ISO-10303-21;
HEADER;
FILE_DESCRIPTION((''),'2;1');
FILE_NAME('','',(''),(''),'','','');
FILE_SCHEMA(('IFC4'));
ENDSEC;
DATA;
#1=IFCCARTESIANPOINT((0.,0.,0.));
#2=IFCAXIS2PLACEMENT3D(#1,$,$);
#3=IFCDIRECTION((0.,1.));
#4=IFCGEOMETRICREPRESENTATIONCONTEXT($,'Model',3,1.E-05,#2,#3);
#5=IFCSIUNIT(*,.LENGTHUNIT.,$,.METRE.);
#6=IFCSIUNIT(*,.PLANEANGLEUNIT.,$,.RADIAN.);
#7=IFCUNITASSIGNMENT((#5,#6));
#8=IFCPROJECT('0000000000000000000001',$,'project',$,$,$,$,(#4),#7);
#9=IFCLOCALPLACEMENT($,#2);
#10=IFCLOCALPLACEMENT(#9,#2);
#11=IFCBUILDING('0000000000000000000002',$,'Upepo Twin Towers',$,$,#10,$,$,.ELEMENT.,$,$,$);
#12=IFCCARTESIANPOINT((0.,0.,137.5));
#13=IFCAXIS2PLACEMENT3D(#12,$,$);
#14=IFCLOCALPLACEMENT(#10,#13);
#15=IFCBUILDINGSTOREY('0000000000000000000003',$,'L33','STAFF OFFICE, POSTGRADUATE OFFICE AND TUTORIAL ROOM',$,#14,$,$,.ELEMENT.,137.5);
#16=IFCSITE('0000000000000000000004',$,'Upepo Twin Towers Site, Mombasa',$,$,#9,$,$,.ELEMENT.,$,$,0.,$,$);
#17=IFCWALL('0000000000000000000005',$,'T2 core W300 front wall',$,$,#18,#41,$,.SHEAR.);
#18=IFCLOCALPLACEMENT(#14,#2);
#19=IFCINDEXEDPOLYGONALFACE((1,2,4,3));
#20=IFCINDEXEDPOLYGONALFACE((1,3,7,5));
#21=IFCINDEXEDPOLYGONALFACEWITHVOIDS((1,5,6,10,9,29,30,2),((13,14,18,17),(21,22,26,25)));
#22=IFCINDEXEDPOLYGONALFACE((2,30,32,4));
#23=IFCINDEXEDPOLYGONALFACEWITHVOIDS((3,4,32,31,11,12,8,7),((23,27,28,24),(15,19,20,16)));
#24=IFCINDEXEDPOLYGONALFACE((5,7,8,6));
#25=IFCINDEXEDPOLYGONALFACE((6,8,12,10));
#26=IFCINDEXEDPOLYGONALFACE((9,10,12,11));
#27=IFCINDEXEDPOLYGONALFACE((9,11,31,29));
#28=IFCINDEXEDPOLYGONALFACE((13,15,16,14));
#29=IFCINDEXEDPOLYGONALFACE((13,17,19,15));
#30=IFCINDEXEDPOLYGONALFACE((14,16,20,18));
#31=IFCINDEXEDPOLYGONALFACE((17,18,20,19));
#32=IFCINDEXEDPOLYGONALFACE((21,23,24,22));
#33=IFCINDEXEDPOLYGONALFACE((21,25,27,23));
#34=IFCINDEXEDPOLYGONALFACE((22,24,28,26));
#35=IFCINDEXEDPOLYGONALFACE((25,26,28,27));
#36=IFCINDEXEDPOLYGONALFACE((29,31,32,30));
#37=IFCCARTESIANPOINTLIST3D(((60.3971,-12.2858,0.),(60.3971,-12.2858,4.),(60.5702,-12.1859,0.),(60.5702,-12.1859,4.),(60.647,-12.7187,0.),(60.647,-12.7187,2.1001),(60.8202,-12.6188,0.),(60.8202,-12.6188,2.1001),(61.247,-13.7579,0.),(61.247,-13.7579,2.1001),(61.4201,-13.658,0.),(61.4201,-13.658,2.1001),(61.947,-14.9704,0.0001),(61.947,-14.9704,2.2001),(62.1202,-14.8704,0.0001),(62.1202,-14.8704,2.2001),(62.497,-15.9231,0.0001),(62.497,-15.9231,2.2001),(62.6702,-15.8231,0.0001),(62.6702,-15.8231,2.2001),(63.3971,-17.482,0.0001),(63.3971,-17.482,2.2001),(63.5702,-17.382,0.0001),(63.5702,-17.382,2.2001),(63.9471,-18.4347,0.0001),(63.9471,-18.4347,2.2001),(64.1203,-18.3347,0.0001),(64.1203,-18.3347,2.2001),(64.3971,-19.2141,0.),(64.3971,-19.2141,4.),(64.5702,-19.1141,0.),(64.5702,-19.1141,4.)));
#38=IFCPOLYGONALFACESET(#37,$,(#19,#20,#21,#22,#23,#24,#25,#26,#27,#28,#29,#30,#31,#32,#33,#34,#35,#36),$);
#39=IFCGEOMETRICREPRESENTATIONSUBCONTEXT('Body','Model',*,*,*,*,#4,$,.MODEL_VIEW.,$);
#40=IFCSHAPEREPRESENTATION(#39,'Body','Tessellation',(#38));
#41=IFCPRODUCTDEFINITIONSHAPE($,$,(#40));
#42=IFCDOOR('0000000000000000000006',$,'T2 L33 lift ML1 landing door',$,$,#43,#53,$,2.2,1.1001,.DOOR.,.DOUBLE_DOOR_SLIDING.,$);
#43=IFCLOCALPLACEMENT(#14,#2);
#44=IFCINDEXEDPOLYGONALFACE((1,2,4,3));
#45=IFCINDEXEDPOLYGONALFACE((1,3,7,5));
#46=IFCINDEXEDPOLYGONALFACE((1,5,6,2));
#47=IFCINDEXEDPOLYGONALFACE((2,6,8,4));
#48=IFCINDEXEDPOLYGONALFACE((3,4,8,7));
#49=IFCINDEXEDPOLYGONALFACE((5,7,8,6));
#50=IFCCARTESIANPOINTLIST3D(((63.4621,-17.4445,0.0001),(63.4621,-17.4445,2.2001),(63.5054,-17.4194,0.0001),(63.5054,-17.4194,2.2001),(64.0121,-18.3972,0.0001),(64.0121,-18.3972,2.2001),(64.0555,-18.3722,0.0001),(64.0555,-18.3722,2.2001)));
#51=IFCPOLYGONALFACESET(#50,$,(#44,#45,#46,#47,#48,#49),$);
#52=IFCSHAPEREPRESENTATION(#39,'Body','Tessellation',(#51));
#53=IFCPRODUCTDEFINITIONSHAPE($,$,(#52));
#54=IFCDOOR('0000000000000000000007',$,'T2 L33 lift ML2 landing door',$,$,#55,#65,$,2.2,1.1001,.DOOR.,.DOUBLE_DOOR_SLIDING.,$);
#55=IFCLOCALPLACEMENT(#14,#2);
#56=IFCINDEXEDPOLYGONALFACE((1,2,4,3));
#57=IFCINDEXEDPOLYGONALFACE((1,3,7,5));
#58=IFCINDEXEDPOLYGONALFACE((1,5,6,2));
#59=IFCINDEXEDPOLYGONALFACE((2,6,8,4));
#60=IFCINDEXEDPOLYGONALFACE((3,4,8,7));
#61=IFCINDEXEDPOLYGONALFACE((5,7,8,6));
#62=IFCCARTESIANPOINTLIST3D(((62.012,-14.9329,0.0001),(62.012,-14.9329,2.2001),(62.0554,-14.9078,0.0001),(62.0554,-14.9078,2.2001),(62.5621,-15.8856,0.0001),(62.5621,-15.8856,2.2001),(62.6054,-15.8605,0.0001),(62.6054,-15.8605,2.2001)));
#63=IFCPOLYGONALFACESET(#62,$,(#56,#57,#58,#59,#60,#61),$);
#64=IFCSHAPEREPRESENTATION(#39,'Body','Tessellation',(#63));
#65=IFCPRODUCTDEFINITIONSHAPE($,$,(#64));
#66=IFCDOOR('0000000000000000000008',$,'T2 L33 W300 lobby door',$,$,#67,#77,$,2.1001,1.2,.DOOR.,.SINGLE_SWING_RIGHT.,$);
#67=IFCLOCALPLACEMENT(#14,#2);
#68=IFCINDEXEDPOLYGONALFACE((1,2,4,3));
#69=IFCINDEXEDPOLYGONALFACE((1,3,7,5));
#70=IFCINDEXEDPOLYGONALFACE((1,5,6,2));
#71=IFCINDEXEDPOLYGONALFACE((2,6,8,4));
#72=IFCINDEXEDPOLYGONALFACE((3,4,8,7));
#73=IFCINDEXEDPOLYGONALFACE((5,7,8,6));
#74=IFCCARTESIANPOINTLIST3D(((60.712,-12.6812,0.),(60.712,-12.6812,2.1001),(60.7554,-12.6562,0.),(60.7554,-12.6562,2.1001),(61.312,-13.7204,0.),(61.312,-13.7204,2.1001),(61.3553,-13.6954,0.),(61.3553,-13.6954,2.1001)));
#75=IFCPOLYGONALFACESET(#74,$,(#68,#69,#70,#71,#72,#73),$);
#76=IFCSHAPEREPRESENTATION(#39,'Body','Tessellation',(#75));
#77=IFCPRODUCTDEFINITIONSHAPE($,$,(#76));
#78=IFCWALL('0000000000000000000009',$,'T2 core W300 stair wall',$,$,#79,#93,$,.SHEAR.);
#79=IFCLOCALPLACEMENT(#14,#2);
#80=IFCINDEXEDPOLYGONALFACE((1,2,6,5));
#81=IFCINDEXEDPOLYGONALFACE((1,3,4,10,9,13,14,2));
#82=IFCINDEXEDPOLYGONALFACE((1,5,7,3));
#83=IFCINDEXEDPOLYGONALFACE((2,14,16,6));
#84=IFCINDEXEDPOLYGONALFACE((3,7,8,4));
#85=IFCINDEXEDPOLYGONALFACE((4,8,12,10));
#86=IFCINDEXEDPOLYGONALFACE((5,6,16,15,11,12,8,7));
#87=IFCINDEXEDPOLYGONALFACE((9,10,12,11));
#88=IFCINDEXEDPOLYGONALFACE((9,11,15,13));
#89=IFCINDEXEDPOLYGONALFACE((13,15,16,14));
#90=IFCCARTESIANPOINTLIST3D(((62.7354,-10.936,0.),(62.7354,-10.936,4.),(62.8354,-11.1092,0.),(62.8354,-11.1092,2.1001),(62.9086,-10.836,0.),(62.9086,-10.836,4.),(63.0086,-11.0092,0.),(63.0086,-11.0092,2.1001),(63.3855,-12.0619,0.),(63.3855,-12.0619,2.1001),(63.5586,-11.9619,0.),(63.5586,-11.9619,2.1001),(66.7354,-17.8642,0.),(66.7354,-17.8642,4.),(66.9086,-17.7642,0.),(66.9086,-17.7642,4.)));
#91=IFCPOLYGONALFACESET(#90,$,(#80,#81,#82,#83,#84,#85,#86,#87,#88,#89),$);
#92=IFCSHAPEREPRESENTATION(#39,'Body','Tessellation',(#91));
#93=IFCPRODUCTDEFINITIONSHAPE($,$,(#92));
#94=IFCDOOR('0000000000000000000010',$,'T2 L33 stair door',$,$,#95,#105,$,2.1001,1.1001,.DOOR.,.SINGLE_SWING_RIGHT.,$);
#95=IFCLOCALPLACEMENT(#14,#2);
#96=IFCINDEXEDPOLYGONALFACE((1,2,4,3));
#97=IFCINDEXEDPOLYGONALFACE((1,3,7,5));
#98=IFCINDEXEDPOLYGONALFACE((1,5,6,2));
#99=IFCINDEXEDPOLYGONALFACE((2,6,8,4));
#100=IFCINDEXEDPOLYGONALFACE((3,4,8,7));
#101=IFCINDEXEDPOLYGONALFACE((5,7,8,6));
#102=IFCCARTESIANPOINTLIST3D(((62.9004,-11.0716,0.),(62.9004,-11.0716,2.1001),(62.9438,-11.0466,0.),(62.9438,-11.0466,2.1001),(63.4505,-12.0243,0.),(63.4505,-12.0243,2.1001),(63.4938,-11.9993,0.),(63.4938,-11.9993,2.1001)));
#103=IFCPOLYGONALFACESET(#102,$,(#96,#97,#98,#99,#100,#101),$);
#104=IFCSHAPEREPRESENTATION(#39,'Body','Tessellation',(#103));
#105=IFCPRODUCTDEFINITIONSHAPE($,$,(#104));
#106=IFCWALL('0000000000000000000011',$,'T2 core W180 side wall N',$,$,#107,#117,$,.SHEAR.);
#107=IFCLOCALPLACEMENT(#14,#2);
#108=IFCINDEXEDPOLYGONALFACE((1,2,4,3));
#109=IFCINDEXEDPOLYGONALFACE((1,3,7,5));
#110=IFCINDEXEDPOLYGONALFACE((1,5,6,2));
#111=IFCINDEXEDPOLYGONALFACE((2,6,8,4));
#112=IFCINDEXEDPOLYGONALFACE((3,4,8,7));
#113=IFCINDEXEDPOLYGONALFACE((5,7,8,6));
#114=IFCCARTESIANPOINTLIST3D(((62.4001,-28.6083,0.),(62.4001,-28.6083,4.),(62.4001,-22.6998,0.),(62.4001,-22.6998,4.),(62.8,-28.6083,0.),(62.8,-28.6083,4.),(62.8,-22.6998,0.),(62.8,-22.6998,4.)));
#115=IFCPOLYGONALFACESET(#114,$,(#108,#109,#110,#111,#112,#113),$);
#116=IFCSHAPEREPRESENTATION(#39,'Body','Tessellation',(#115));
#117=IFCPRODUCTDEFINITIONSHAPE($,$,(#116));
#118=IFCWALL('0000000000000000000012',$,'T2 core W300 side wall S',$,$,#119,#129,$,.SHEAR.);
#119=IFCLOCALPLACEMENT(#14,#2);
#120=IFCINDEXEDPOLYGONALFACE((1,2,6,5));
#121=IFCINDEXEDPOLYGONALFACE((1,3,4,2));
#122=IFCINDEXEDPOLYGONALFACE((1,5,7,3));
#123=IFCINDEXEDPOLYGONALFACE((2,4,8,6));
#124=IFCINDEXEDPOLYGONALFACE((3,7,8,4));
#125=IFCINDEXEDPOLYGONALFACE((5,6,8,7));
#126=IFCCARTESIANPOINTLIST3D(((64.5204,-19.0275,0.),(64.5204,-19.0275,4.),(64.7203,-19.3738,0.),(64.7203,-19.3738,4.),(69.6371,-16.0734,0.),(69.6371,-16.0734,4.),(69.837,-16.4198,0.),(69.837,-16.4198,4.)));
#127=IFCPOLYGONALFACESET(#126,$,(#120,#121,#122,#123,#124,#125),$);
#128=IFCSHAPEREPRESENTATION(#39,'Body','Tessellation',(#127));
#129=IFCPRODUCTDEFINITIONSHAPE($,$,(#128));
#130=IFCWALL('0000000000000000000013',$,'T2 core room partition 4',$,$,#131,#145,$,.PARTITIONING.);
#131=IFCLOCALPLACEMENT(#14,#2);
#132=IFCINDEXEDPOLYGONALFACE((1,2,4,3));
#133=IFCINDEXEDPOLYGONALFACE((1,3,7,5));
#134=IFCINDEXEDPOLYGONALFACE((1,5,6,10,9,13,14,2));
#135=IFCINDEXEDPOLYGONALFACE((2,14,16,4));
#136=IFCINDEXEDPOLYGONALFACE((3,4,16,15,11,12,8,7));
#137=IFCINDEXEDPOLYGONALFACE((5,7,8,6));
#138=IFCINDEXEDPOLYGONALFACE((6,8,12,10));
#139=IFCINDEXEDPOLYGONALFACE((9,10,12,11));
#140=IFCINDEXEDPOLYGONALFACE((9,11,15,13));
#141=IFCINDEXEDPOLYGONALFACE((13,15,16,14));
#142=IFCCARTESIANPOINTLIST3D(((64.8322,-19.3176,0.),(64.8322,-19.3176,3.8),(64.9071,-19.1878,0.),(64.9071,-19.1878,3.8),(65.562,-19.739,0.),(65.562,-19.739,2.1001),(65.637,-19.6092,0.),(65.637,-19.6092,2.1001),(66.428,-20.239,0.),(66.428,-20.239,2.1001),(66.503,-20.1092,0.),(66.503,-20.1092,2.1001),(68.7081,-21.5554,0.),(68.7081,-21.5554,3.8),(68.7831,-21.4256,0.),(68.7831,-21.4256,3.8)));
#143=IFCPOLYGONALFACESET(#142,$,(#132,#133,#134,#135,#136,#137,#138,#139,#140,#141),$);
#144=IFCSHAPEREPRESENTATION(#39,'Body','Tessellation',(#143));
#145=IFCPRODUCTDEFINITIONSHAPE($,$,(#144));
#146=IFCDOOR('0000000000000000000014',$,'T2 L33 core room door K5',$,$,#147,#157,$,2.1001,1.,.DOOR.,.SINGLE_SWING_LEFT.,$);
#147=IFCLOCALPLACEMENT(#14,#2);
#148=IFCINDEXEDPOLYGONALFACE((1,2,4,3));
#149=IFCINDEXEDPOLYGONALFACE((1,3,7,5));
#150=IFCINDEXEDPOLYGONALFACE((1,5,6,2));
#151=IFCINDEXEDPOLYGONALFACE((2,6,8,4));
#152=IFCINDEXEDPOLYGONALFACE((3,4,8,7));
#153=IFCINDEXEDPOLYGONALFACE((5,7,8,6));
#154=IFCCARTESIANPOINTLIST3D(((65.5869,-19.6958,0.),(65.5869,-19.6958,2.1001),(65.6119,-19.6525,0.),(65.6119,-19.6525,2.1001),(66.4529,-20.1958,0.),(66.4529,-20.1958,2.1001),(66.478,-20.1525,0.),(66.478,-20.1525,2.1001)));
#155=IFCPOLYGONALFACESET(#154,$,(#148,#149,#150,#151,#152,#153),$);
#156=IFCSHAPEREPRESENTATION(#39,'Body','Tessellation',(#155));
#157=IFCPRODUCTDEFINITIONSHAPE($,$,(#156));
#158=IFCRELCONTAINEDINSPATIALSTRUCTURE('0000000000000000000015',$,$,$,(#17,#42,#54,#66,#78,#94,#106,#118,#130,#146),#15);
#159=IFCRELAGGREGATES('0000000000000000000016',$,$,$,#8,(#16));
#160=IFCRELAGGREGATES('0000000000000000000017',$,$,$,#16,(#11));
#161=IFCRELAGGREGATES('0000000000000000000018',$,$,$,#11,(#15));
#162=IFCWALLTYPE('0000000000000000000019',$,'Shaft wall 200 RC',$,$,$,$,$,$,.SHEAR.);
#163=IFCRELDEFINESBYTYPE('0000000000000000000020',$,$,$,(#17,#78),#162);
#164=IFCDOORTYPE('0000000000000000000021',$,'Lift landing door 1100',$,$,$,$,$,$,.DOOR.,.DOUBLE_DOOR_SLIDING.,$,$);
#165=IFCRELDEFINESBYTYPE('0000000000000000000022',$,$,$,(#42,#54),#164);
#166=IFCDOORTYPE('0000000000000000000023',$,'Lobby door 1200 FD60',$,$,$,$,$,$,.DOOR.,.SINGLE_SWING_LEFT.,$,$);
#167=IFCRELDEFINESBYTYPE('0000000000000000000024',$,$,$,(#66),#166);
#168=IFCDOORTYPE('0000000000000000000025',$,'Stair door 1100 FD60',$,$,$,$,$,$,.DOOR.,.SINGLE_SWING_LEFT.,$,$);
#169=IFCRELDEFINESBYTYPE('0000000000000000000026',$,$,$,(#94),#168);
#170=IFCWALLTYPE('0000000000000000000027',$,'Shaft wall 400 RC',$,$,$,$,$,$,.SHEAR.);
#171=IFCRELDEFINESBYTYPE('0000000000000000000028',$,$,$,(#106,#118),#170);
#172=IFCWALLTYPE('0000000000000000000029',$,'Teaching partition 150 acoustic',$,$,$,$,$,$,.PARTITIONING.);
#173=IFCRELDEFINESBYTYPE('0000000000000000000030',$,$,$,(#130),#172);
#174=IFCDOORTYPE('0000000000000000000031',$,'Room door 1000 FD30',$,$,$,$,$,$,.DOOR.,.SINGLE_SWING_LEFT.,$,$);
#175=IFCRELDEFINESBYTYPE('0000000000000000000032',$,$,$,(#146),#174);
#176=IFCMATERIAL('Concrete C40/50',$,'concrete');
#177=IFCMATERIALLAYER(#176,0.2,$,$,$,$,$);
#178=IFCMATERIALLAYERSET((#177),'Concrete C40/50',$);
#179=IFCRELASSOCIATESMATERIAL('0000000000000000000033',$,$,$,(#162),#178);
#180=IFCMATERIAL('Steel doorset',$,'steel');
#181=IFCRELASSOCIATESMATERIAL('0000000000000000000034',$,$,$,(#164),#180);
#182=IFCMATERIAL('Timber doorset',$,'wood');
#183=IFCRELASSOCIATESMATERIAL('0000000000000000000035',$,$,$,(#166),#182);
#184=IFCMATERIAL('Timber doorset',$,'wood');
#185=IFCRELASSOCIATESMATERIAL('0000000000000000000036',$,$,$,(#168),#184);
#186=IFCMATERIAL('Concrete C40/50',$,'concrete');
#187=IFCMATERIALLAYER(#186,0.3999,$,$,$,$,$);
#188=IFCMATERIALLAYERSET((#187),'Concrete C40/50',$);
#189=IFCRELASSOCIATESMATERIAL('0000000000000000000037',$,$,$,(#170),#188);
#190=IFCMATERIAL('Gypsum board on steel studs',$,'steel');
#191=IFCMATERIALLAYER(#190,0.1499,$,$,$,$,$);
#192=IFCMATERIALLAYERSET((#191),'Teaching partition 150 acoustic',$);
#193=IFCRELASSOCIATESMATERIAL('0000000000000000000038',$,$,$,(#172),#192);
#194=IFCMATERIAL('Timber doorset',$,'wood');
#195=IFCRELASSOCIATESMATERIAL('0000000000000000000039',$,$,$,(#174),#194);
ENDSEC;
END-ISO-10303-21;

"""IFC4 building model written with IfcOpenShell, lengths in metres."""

from ifc_helpers import new_model, si_unit, direction, frame, frame_2d, origin, place, context, subcontext, project, spatial, rectangle, extrude, material, layer, layer_set, type_object, element, fill, save


model = new_model("IFC4")

# Units and contexts
model_context = context("Model", 3, precision=1e-05, world=origin(), true_north=direction((0.0, 1.0)))
body_context = subcontext(model_context, "Body", "Model", "MODEL_VIEW")
ifc_project = project(units=[si_unit("LENGTHUNIT", "METRE"), si_unit("PLANEANGLEUNIT", "RADIAN")], contexts=[model_context])

# Site, building, storey
site_placement = place(None, origin())
site = spatial("IfcSite", under=ifc_project, at=site_placement, Name="Upepo Twin Towers Site, Mombasa", CompositionType="ELEMENT", RefElevation=0.0)
building_placement = place(site_placement, origin())
building = spatial("IfcBuilding", under=site, at=building_placement, Name="Upepo Twin Towers", CompositionType="ELEMENT")
storey_placement = place(building_placement, frame((0.0, 0.0, 137.5)))
storey = spatial("IfcBuildingStorey", under=building, at=storey_placement, Name="L33", Description="STAFF OFFICE, POSTGRADUATE OFFICE AND TUTORIAL ROOM", CompositionType="ELEMENT", Elevation=137.5)

# Shared definitions
ifc_material_1 = material(Name="Concrete C40/50", Category="concrete")
ifc_layer_1 = layer(ifc_material_1, 0.2)
ifc_layer_set_1 = layer_set([ifc_layer_1], Name="Concrete C40/50")
wall_type_1 = type_object("IfcWallType", Name="Shaft wall 200 RC", PredefinedType="SHEAR", material=ifc_layer_set_1)

# Wall, openings, doors
wall_1_placement = place(storey_placement, frame((64.4836, -19.1641, 0.0), z_axis=(0.0, 0.0, 1.0), x_axis=(-0.499999, 0.866026, 0.0)))
wall_1 = element("IfcWall", 1, at=wall_1_placement, inside=storey, type_object=wall_type_1, Name="T2 core W300 front wall", PredefinedType="SHEAR", context=body_context, shape_type="SweptSolid", body=[
    extrude(rectangle(XDim=8.0, YDim=0.2, at=frame_2d((4.0, 0.0))), origin(), (0.0, 0.0, 1.0), 4.0),
])
opening_1_placement = place(wall_1_placement, frame((6.3, 0.0, 0.0)))
opening_1 = element("IfcOpeningElement", 2, at=opening_1_placement, cuts=wall_1, PredefinedType="OPENING", context=body_context, shape_type="SweptSolid", body=[
    extrude(rectangle(XDim=1.2, YDim=2.1001, at=frame_2d((0.6001, 1.05))), frame((0.0, 0.1099, 0.0), z_axis=(0.0, -1.0, 0.0), x_axis=(1.0, 0.0, 0.0)), (0.0, 0.0, 1.0), 0.22),
])
opening_2_placement = place(wall_1_placement, frame((0.8999, 0.0, 0.0)))
opening_2 = element("IfcOpeningElement", 3, at=opening_2_placement, cuts=wall_1, PredefinedType="OPENING", context=body_context, shape_type="SweptSolid", body=[
    extrude(rectangle(XDim=1.1001, YDim=2.2, at=frame_2d((0.55, 1.1001))), frame((0.0, 0.1099, 0.0), z_axis=(0.0, -1.0, 0.0), x_axis=(1.0, 0.0, 0.0)), (0.0, 0.0, 1.0), 0.22),
])
opening_3_placement = place(wall_1_placement, frame((3.8, 0.0, 0.0)))
opening_3 = element("IfcOpeningElement", 4, at=opening_3_placement, cuts=wall_1, PredefinedType="OPENING", context=body_context, shape_type="SweptSolid", body=[
    extrude(rectangle(XDim=1.1001, YDim=2.2, at=frame_2d((0.55, 1.1001))), frame((0.0, 0.1099, 0.0), z_axis=(0.0, -1.0, 0.0), x_axis=(1.0, 0.0, 0.0)), (0.0, 0.0, 1.0), 0.22),
])
ifc_material_2 = material(Name="Steel doorset", Category="steel")
door_type_1 = type_object("IfcDoorType", Name="Lift landing door 1100", OperationType="DOUBLE_DOOR_SLIDING", PredefinedType="DOOR", material=ifc_material_2)
door_1_placement = place(opening_2_placement, origin())
door_1 = element("IfcDoor", 5, at=door_1_placement, inside=storey, type_object=door_type_1, Name="T2 L33 lift ML1 landing door", OperationType="DOUBLE_DOOR_SLIDING", OverallHeight=2.2, OverallWidth=1.1001, PredefinedType="DOOR", context=body_context, shape_type="SweptSolid", body=[
    extrude(rectangle(XDim=1.1001, YDim=2.2, at=frame_2d((0.55, 1.1001))), frame((0.0, 0.0249, 0.0), z_axis=(0.0, -1.0, 0.0), x_axis=(1.0, 0.0, 0.0)), (0.0, 0.0, 1.0), 0.05),
])
fill(opening_2, door_1)
door_2_placement = place(opening_3_placement, origin())
door_2 = element("IfcDoor", 6, at=door_2_placement, inside=storey, type_object=door_type_1, Name="T2 L33 lift ML2 landing door", OperationType="DOUBLE_DOOR_SLIDING", OverallHeight=2.2, OverallWidth=1.1001, PredefinedType="DOOR", context=body_context, shape_type="SweptSolid", body=[
    extrude(rectangle(XDim=1.1001, YDim=2.2, at=frame_2d((0.55, 1.1001))), frame((0.0, 0.0249, 0.0), z_axis=(0.0, -1.0, 0.0), x_axis=(1.0, 0.0, 0.0)), (0.0, 0.0, 1.0), 0.05),
])
fill(opening_3, door_2)
ifc_material_3 = material(Name="Timber doorset", Category="wood")
door_type_2 = type_object("IfcDoorType", Name="Lobby door 1200 FD60", OperationType="SINGLE_SWING_LEFT", PredefinedType="DOOR", material=ifc_material_3)
door_3_placement = place(opening_1_placement, origin())
door_3 = element("IfcDoor", 7, at=door_3_placement, inside=storey, type_object=door_type_2, Name="T2 L33 W300 lobby door", OperationType="SINGLE_SWING_RIGHT", OverallHeight=2.1001, OverallWidth=1.2, PredefinedType="DOOR", context=body_context, shape_type="SweptSolid", body=[
    extrude(rectangle(XDim=1.2, YDim=2.1001, at=frame_2d((0.6001, 1.05))), frame((0.0, 0.0249, 0.0), z_axis=(0.0, -1.0, 0.0), x_axis=(1.0, 0.0, 0.0)), (0.0, 0.0, 1.0), 0.05),
])
fill(opening_1, door_3)

# Wall, opening, door
wall_2_placement = place(storey_placement, frame((66.822, -17.8142, 0.0), z_axis=(0.0, 0.0, 1.0), x_axis=(-0.499999, 0.866026, 0.0)))
wall_2 = element("IfcWall", 8, at=wall_2_placement, inside=storey, type_object=wall_type_1, Name="T2 core W300 stair wall", PredefinedType="SHEAR", context=body_context, shape_type="SweptSolid", body=[
    extrude(rectangle(XDim=8.0, YDim=0.2, at=frame_2d((4.0, 0.0))), origin(), (0.0, 0.0, 1.0), 4.0),
])
opening_4_placement = place(wall_2_placement, frame((6.7, 0.0, 0.0)))
opening_4 = element("IfcOpeningElement", 9, at=opening_4_placement, cuts=wall_2, PredefinedType="OPENING", context=body_context, shape_type="SweptSolid", body=[
    extrude(rectangle(XDim=1.1001, YDim=2.1001, at=frame_2d((0.55, 1.05))), frame((0.0, 0.1099, 0.0), z_axis=(0.0, -1.0, 0.0), x_axis=(1.0, 0.0, 0.0)), (0.0, 0.0, 1.0), 0.22),
])
ifc_material_4 = material(Name="Timber doorset", Category="wood")
door_type_3 = type_object("IfcDoorType", Name="Stair door 1100 FD60", OperationType="SINGLE_SWING_LEFT", PredefinedType="DOOR", material=ifc_material_4)
door_4_placement = place(opening_4_placement, origin())
door_4 = element("IfcDoor", 10, at=door_4_placement, inside=storey, type_object=door_type_3, Name="T2 L33 stair door", OperationType="SINGLE_SWING_RIGHT", OverallHeight=2.1001, OverallWidth=1.1001, PredefinedType="DOOR", context=body_context, shape_type="SweptSolid", body=[
    extrude(rectangle(XDim=1.1001, YDim=2.1001, at=frame_2d((0.55, 1.05))), frame((0.0, 0.0249, 0.0), z_axis=(0.0, -1.0, 0.0), x_axis=(1.0, 0.0, 0.0)), (0.0, 0.0, 1.0), 0.05),
])
fill(opening_4, door_4)

# Walls
ifc_material_5 = material(Name="Concrete C40/50", Category="concrete")
ifc_layer_2 = layer(ifc_material_5, 0.3999)
ifc_layer_set_2 = layer_set([ifc_layer_2], Name="Concrete C40/50")
wall_type_2 = type_object("IfcWallType", Name="Shaft wall 400 RC", PredefinedType="SHEAR", material=ifc_layer_set_2)
wall_3_placement = place(storey_placement, frame((62.6001, -22.7, 0.0), z_axis=(0.0, 0.0, 1.0), x_axis=(0.0, -1.0, 0.0)))
element("IfcWall", 11, at=wall_3_placement, inside=storey, type_object=wall_type_2, Name="T2 core W180 side wall N", PredefinedType="SHEAR", context=body_context, shape_type="SweptSolid", body=[
    extrude(rectangle(XDim=5.9084, YDim=0.3999, at=frame_2d((2.9541, 0.0))), origin(), (0.0, 0.0, 1.0), 4.0),
])
wall_4_placement = place(storey_placement, frame((64.6204, -19.2007, 0.0), z_axis=(0.0, 0.0, 1.0), x_axis=(0.866027, 0.499997, 0.0)))
element("IfcWall", 12, at=wall_4_placement, inside=storey, type_object=wall_type_2, Name="T2 core W300 side wall S", PredefinedType="SHEAR", context=body_context, shape_type="SweptSolid", body=[
    extrude(rectangle(XDim=5.9082, YDim=0.3999, at=frame_2d((2.9541, 0.0))), origin(), (0.0, 0.0, 1.0), 4.0),
])

# Wall, opening, door
ifc_material_6 = material(Name="Gypsum board on steel studs", Category="steel")
ifc_layer_3 = layer(ifc_material_6, 0.1499)
ifc_layer_set_3 = layer_set([ifc_layer_3], Name="Teaching partition 150 acoustic")
wall_type_3 = type_object("IfcWallType", Name="Teaching partition 150 acoustic", PredefinedType="PARTITIONING", material=ifc_layer_set_3)
wall_5_placement = place(storey_placement, frame((64.8696, -19.2527, 0.0), z_axis=(0.0, 0.0, 1.0), x_axis=(0.866026, -0.499999, 0.0)))
wall_5 = element("IfcWall", 13, at=wall_5_placement, inside=storey, type_object=wall_type_3, Name="T2 core room partition 4", PredefinedType="PARTITIONING", context=body_context, shape_type="SweptSolid", body=[
    extrude(rectangle(XDim=4.4756, YDim=0.1499, at=frame_2d((2.2378, 0.0))), origin(), (0.0, 0.0, 1.0), 3.8),
])
opening_5_placement = place(wall_5_placement, frame((0.8428, 0.0, 0.0)))
opening_5 = element("IfcOpeningElement", 14, at=opening_5_placement, cuts=wall_5, PredefinedType="OPENING", context=body_context, shape_type="SweptSolid", body=[
    extrude(rectangle(XDim=1.0, YDim=2.1001, at=frame_2d((0.5, 1.05))), frame((0.0, 0.085, 0.0), z_axis=(0.0, -1.0, 0.0), x_axis=(1.0, 0.0, 0.0)), (0.0, 0.0, 1.0), 0.1699),
])
ifc_material_7 = material(Name="Timber doorset", Category="wood")
door_type_4 = type_object("IfcDoorType", Name="Room door 1000 FD30", OperationType="SINGLE_SWING_LEFT", PredefinedType="DOOR", material=ifc_material_7)
door_5_placement = place(opening_5_placement, origin())
door_5 = element("IfcDoor", 15, at=door_5_placement, inside=storey, type_object=door_type_4, Name="T2 L33 core room door K5", OperationType="SINGLE_SWING_LEFT", OverallHeight=2.1001, OverallWidth=1.0, PredefinedType="DOOR", context=body_context, shape_type="SweptSolid", body=[
    extrude(rectangle(XDim=1.0, YDim=2.1001, at=frame_2d((0.5, 1.05))), frame((0.0, 0.0249, 0.0), z_axis=(0.0, -1.0, 0.0), x_axis=(1.0, 0.0, 0.0)), (0.0, 0.0, 1.0), 0.05),
])
fill(opening_5, door_5)

save(model, "model.ifc")
